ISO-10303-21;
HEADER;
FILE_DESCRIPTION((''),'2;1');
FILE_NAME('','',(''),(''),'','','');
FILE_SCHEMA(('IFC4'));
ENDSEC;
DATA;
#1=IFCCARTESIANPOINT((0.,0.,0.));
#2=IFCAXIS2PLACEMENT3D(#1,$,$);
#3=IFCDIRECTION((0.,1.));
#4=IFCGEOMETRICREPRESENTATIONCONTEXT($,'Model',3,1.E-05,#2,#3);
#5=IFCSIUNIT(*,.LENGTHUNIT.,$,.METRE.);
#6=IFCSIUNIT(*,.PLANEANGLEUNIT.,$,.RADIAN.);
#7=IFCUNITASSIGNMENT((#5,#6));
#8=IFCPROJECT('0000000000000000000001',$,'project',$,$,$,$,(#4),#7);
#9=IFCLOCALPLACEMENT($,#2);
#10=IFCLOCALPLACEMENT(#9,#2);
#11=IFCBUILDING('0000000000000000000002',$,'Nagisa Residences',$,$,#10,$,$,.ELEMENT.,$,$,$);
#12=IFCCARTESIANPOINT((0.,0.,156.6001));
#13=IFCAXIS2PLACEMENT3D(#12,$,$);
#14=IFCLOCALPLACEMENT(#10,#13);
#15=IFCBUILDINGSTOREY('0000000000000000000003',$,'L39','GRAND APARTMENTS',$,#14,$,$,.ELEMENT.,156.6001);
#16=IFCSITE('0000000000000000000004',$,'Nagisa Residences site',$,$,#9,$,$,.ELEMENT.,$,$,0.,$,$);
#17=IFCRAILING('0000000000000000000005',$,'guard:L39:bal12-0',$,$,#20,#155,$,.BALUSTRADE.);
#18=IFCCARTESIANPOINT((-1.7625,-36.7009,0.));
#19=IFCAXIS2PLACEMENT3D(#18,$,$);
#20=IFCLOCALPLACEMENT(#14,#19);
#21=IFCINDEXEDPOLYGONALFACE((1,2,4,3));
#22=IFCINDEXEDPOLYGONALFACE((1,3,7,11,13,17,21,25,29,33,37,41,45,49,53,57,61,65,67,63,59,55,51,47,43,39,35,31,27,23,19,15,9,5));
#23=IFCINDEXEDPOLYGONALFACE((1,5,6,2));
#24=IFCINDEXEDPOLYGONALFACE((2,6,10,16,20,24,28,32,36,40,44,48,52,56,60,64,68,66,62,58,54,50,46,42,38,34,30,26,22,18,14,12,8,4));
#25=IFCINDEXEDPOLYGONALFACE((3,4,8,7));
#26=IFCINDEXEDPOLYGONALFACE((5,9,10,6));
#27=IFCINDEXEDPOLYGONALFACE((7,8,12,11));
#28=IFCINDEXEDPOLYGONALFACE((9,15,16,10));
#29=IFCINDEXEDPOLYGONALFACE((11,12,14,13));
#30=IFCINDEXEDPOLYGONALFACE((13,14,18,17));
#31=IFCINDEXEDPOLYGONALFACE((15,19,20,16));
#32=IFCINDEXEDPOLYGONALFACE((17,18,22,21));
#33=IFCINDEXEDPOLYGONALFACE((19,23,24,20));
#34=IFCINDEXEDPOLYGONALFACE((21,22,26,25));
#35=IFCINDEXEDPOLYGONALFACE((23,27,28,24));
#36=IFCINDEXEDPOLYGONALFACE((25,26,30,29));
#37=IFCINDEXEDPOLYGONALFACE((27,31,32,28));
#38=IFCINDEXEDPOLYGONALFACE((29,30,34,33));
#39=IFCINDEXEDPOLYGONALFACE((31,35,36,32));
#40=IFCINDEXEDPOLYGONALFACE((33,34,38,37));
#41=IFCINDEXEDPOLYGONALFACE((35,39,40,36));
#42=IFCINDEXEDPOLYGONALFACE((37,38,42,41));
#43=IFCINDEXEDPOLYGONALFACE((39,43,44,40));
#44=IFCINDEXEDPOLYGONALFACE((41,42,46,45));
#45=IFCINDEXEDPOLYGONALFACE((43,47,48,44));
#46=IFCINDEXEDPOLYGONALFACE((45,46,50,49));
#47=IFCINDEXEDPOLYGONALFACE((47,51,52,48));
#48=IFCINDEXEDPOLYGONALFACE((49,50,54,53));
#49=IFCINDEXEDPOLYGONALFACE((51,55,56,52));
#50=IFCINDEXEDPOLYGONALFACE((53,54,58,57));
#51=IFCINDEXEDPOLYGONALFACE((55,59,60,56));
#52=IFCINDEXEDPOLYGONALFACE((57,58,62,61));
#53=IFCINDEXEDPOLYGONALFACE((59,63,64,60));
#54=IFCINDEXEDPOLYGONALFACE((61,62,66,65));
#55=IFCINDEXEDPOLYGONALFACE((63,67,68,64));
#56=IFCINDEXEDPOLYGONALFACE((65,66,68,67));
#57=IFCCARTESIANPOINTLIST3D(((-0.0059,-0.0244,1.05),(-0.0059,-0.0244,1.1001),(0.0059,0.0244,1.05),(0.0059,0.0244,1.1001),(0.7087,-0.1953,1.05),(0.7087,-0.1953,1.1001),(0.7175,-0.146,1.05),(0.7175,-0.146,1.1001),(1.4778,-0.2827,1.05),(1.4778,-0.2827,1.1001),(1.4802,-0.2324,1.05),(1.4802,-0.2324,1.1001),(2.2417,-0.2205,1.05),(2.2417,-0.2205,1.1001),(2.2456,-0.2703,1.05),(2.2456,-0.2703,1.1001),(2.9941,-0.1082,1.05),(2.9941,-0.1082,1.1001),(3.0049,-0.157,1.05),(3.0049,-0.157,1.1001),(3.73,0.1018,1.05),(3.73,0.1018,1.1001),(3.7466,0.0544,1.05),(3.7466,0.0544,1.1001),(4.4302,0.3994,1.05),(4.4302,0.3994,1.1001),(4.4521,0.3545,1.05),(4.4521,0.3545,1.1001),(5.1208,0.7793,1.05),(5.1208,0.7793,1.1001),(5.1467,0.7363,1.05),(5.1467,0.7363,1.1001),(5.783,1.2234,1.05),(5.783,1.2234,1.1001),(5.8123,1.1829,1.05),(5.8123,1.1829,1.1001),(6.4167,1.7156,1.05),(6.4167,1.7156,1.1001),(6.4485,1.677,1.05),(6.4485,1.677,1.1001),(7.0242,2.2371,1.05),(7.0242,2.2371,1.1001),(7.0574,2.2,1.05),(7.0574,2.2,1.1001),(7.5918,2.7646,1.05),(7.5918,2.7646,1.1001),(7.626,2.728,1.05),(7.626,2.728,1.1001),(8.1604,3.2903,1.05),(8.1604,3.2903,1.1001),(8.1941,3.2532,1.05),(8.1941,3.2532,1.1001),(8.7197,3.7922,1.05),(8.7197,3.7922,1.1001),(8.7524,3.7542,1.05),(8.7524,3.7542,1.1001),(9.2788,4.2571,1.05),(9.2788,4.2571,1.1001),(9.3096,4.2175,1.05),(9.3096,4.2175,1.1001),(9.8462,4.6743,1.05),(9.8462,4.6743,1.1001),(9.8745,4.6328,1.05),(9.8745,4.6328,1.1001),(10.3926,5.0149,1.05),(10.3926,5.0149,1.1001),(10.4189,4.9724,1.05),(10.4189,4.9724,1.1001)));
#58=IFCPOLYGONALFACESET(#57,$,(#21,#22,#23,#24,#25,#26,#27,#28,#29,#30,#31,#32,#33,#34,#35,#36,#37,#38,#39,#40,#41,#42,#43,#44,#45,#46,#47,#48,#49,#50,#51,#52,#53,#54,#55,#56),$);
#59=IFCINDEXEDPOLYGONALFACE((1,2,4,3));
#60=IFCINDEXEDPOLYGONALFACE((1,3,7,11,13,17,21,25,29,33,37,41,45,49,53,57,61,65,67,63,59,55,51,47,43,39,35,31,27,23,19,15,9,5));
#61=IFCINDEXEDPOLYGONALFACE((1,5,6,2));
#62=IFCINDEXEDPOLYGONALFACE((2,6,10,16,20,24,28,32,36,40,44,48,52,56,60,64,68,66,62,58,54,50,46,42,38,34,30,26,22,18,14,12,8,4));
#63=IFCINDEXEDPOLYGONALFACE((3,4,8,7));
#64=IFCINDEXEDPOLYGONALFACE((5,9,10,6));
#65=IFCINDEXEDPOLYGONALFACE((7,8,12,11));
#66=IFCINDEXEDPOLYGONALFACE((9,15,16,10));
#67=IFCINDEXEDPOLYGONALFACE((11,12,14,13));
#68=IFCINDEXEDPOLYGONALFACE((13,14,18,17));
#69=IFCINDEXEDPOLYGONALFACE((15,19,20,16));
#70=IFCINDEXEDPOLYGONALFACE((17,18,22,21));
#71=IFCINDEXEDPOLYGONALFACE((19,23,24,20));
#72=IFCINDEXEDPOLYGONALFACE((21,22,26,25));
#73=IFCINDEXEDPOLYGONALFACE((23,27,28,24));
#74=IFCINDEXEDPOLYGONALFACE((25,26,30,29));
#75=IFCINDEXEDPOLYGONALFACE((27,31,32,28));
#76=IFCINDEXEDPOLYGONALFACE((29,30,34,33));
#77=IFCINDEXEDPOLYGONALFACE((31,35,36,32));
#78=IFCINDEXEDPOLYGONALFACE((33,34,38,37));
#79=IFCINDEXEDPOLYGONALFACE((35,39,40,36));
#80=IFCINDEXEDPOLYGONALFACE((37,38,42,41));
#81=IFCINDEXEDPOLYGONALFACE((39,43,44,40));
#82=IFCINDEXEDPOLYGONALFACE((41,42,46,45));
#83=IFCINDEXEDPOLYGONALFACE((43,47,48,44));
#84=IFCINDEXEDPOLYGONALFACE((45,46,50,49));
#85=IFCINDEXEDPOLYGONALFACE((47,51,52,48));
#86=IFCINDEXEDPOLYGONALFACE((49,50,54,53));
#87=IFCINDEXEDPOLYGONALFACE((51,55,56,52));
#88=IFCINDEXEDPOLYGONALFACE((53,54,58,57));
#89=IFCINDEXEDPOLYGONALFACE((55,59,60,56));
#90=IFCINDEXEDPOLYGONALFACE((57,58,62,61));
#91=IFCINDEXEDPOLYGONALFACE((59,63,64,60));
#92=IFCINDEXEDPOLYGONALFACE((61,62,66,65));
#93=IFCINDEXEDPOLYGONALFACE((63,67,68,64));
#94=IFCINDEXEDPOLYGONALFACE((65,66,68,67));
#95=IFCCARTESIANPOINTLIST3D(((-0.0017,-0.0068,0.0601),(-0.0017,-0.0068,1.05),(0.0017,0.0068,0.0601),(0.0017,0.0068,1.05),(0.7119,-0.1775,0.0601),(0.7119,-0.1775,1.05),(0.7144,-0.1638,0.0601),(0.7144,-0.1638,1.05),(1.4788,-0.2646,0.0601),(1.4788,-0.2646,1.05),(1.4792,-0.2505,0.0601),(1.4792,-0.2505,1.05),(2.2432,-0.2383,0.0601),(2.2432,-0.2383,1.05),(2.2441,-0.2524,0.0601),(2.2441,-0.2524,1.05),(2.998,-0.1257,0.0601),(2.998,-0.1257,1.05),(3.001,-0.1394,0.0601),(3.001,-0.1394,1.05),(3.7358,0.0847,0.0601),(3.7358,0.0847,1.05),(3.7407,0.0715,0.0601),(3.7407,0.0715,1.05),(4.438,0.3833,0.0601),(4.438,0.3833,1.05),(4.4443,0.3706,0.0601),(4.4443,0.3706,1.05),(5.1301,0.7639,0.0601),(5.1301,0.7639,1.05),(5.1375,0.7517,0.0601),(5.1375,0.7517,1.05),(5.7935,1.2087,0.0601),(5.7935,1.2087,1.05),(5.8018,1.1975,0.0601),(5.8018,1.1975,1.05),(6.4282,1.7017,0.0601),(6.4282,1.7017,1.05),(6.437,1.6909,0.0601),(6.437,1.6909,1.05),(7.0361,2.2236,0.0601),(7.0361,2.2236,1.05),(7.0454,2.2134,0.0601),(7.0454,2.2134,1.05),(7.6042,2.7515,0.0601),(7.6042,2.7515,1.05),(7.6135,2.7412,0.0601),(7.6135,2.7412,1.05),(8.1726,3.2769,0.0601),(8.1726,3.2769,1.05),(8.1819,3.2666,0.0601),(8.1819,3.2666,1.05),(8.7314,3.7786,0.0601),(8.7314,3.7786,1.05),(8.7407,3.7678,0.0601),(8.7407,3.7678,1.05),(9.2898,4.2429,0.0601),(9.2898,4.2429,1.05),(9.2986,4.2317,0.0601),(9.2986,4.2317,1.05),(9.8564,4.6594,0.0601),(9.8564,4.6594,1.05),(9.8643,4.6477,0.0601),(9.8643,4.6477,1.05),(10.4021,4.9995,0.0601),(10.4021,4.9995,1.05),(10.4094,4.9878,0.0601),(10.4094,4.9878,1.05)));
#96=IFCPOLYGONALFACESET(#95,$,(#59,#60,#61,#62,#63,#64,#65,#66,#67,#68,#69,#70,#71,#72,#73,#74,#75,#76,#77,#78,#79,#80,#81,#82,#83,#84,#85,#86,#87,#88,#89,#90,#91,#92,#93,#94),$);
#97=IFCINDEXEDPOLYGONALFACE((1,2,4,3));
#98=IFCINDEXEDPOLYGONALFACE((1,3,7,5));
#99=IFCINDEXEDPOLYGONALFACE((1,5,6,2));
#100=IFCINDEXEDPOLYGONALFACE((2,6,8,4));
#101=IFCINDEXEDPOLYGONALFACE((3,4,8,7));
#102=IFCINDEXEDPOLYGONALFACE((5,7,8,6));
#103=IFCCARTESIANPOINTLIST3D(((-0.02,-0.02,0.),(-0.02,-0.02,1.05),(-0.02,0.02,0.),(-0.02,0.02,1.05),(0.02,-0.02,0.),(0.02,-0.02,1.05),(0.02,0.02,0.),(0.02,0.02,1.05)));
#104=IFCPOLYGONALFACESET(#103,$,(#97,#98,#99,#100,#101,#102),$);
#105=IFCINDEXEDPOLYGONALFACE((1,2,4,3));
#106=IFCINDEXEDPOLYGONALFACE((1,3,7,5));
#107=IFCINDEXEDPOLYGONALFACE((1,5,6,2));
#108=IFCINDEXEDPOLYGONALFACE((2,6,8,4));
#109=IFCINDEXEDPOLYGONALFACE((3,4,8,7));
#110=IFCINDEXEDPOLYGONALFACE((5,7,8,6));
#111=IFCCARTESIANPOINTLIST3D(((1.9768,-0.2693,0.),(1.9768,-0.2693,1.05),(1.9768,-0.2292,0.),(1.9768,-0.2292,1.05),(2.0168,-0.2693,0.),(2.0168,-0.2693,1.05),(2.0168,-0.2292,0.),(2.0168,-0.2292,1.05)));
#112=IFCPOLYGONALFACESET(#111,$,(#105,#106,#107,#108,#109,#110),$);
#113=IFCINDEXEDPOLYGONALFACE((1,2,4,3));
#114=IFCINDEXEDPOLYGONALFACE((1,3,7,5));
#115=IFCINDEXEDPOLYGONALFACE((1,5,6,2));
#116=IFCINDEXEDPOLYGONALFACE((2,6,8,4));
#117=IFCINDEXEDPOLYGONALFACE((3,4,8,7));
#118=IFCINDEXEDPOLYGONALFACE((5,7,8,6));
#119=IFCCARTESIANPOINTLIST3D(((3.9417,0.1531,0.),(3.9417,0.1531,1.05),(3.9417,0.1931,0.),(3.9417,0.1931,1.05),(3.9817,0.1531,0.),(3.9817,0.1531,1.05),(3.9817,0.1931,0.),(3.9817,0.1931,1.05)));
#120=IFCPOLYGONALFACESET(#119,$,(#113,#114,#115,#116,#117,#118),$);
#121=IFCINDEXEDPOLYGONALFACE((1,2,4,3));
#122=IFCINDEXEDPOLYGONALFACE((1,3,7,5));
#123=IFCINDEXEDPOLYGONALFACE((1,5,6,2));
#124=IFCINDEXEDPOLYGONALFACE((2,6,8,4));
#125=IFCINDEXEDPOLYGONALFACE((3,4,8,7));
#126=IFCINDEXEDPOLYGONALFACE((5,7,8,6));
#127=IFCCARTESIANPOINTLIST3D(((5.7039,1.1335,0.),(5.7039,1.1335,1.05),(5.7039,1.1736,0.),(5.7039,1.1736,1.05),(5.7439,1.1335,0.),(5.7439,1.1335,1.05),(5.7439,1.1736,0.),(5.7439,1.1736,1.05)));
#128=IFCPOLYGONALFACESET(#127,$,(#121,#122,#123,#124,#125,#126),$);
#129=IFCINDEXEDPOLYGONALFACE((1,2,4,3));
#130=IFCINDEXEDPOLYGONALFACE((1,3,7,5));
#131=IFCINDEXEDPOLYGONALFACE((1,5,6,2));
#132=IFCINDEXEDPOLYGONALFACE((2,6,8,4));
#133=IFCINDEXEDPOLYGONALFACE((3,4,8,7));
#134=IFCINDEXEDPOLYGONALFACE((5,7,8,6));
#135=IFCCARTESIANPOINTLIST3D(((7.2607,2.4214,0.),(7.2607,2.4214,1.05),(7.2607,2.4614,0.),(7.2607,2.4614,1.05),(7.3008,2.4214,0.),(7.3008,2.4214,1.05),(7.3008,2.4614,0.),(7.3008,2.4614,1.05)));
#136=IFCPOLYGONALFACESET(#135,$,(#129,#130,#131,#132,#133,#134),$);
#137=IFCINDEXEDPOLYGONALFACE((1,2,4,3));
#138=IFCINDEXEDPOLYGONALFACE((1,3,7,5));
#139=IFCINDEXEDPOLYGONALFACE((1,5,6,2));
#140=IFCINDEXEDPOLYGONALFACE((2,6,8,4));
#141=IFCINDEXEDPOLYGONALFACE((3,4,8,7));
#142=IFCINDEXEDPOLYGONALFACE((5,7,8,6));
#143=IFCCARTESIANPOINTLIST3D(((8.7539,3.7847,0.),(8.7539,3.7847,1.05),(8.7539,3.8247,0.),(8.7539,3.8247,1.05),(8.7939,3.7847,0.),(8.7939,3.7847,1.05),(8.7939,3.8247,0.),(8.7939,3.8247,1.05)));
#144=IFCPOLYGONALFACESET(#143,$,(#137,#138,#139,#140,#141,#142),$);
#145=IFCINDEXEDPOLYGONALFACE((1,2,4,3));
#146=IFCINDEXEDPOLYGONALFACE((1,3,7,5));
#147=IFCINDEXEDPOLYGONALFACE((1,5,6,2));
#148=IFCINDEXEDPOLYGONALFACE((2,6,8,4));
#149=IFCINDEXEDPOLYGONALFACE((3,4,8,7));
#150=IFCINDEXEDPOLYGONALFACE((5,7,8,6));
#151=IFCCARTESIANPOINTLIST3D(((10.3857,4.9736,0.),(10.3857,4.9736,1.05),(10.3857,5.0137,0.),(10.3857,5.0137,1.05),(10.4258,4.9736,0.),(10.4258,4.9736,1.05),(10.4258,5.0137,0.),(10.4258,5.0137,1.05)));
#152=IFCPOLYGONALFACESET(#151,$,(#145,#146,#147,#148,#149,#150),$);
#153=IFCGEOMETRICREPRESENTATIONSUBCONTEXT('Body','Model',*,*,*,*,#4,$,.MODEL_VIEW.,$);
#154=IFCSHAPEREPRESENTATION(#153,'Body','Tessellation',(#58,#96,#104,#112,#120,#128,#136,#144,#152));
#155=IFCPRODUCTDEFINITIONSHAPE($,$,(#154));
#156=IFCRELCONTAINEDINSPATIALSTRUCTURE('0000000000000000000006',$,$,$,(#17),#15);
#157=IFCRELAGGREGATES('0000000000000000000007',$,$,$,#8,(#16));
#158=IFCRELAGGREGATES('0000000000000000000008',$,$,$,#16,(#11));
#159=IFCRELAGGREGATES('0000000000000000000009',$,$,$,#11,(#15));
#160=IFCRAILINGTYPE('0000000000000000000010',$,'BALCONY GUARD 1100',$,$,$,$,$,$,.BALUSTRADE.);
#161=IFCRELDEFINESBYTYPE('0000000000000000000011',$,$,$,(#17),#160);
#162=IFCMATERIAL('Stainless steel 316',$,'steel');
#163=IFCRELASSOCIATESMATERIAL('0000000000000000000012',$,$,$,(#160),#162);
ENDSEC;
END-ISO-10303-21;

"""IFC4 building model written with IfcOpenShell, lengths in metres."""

from ifc_helpers import new_model, si_unit, direction, frame, origin, origin_2d, place, context, subcontext, project, spatial, polyline, rectangle, outline, extrude, material, type_object, element, save


model = new_model("IFC4")

# Units and contexts
model_context = context("Model", 3, precision=1e-05, world=origin(), true_north=direction((0.0, 1.0)))
body_context = subcontext(model_context, "Body", "Model", "MODEL_VIEW")
ifc_project = project(units=[si_unit("LENGTHUNIT", "METRE"), si_unit("PLANEANGLEUNIT", "RADIAN")], contexts=[model_context])

# Site, building, storey
site_placement = place(None, origin())
site = spatial("IfcSite", under=ifc_project, at=site_placement, Name="Nagisa Residences site", CompositionType="ELEMENT", RefElevation=0.0)
building_placement = place(site_placement, origin())
building = spatial("IfcBuilding", under=site, at=building_placement, Name="Nagisa Residences", CompositionType="ELEMENT")
storey_placement = place(building_placement, frame((0.0, 0.0, 156.6001)))
storey = spatial("IfcBuildingStorey", under=building, at=storey_placement, Name="L39", Description="GRAND APARTMENTS", CompositionType="ELEMENT", Elevation=156.6001)

# Railing
ifc_material_1 = material(Name="Stainless steel 316", Category="steel")
railing_type = type_object("IfcRailingType", Name="BALCONY GUARD 1100", PredefinedType="BALUSTRADE", material=ifc_material_1)
railing_1_placement = place(storey_placement, frame((-1.7625, -36.7009, 0.0)))
element("IfcRailing", 1, at=railing_1_placement, inside=storey, type_object=railing_type, Name="guard:L39:bal12-0", PredefinedType="BALUSTRADE", context=body_context, shape_type="SweptSolid", body=[
    extrude(outline(polyline([(0.7175, -0.146), (0.0059, 0.0244), (-0.0059, -0.0244), (0.7087, -0.1953), (1.4778, -0.2827), (2.2456, -0.2703), (3.0049, -0.157), (3.7466, 0.0544), (4.4521, 0.3545), (5.1467, 0.7363), (5.8123, 1.1829), (6.4485, 1.677), (7.0574, 2.2), (7.626, 2.728), (8.1941, 3.2532), (8.7524, 3.7542), (9.3096, 4.2175), (9.8745, 4.6328), (10.4189, 4.9724), (10.3926, 5.0149), (9.8462, 4.6743), (9.2788, 4.2571), (8.7197, 3.7922), (8.1604, 3.2903), (7.5918, 2.7646), (7.0242, 2.2371), (6.4167, 1.7156), (5.783, 1.2234), (5.1208, 0.7793), (4.4302, 0.3994), (3.73, 0.1018), (2.9941, -0.1082), (2.2417, -0.2205), (1.4802, -0.2324), (0.7175, -0.146)])), frame((0.0, 0.0, 1.05)), (0.0, 0.0, 1.0), 0.05),
    extrude(outline(polyline([(0.7144, -0.1638), (0.0017, 0.0068), (-0.0017, -0.0068), (0.7119, -0.1775), (1.4788, -0.2646), (2.2441, -0.2524), (3.001, -0.1394), (3.7407, 0.0715), (4.4443, 0.3706), (5.1375, 0.7517), (5.8018, 1.1975), (6.437, 1.6909), (7.0454, 2.2134), (7.6135, 2.7412), (8.1819, 3.2666), (8.7407, 3.7678), (9.2986, 4.2317), (9.8643, 4.6477), (10.4094, 4.9878), (10.4021, 4.9995), (9.8564, 4.6594), (9.2898, 4.2429), (8.7314, 3.7786), (8.1726, 3.2769), (7.6042, 2.7515), (7.0361, 2.2236), (6.4282, 1.7017), (5.7935, 1.2087), (5.1301, 0.7639), (4.438, 0.3833), (3.7358, 0.0847), (2.998, -0.1257), (2.2432, -0.2383), (1.4792, -0.2505), (0.7144, -0.1638)])), frame((0.0, 0.0, 0.0601)), (0.0, 0.0, 1.0), 0.99),
    extrude(rectangle(XDim=0.04, YDim=0.04, at=origin_2d()), origin(), (0.0, 0.0, 1.0), 1.05),
    extrude(rectangle(XDim=0.04, YDim=0.04, at=origin_2d()), frame((1.9968, -0.2493, 0.0)), (0.0, 0.0, 1.0), 1.05),
    extrude(rectangle(XDim=0.04, YDim=0.04, at=origin_2d()), frame((3.9617, 0.1731, 0.0)), (0.0, 0.0, 1.0), 1.05),
    extrude(rectangle(XDim=0.04, YDim=0.04, at=origin_2d()), frame((5.7239, 1.1536, 0.0)), (0.0, 0.0, 1.0), 1.05),
    extrude(rectangle(XDim=0.04, YDim=0.04, at=origin_2d()), frame((7.2808, 2.4414, 0.0)), (0.0, 0.0, 1.0), 1.05),
    extrude(rectangle(XDim=0.04, YDim=0.04, at=origin_2d()), frame((8.7739, 3.8047, 0.0)), (0.0, 0.0, 1.0), 1.05),
    extrude(rectangle(XDim=0.04, YDim=0.04, at=origin_2d()), frame((10.4058, 4.9937, 0.0)), (0.0, 0.0, 1.0), 1.05),
])

save(model, "model.ifc")
